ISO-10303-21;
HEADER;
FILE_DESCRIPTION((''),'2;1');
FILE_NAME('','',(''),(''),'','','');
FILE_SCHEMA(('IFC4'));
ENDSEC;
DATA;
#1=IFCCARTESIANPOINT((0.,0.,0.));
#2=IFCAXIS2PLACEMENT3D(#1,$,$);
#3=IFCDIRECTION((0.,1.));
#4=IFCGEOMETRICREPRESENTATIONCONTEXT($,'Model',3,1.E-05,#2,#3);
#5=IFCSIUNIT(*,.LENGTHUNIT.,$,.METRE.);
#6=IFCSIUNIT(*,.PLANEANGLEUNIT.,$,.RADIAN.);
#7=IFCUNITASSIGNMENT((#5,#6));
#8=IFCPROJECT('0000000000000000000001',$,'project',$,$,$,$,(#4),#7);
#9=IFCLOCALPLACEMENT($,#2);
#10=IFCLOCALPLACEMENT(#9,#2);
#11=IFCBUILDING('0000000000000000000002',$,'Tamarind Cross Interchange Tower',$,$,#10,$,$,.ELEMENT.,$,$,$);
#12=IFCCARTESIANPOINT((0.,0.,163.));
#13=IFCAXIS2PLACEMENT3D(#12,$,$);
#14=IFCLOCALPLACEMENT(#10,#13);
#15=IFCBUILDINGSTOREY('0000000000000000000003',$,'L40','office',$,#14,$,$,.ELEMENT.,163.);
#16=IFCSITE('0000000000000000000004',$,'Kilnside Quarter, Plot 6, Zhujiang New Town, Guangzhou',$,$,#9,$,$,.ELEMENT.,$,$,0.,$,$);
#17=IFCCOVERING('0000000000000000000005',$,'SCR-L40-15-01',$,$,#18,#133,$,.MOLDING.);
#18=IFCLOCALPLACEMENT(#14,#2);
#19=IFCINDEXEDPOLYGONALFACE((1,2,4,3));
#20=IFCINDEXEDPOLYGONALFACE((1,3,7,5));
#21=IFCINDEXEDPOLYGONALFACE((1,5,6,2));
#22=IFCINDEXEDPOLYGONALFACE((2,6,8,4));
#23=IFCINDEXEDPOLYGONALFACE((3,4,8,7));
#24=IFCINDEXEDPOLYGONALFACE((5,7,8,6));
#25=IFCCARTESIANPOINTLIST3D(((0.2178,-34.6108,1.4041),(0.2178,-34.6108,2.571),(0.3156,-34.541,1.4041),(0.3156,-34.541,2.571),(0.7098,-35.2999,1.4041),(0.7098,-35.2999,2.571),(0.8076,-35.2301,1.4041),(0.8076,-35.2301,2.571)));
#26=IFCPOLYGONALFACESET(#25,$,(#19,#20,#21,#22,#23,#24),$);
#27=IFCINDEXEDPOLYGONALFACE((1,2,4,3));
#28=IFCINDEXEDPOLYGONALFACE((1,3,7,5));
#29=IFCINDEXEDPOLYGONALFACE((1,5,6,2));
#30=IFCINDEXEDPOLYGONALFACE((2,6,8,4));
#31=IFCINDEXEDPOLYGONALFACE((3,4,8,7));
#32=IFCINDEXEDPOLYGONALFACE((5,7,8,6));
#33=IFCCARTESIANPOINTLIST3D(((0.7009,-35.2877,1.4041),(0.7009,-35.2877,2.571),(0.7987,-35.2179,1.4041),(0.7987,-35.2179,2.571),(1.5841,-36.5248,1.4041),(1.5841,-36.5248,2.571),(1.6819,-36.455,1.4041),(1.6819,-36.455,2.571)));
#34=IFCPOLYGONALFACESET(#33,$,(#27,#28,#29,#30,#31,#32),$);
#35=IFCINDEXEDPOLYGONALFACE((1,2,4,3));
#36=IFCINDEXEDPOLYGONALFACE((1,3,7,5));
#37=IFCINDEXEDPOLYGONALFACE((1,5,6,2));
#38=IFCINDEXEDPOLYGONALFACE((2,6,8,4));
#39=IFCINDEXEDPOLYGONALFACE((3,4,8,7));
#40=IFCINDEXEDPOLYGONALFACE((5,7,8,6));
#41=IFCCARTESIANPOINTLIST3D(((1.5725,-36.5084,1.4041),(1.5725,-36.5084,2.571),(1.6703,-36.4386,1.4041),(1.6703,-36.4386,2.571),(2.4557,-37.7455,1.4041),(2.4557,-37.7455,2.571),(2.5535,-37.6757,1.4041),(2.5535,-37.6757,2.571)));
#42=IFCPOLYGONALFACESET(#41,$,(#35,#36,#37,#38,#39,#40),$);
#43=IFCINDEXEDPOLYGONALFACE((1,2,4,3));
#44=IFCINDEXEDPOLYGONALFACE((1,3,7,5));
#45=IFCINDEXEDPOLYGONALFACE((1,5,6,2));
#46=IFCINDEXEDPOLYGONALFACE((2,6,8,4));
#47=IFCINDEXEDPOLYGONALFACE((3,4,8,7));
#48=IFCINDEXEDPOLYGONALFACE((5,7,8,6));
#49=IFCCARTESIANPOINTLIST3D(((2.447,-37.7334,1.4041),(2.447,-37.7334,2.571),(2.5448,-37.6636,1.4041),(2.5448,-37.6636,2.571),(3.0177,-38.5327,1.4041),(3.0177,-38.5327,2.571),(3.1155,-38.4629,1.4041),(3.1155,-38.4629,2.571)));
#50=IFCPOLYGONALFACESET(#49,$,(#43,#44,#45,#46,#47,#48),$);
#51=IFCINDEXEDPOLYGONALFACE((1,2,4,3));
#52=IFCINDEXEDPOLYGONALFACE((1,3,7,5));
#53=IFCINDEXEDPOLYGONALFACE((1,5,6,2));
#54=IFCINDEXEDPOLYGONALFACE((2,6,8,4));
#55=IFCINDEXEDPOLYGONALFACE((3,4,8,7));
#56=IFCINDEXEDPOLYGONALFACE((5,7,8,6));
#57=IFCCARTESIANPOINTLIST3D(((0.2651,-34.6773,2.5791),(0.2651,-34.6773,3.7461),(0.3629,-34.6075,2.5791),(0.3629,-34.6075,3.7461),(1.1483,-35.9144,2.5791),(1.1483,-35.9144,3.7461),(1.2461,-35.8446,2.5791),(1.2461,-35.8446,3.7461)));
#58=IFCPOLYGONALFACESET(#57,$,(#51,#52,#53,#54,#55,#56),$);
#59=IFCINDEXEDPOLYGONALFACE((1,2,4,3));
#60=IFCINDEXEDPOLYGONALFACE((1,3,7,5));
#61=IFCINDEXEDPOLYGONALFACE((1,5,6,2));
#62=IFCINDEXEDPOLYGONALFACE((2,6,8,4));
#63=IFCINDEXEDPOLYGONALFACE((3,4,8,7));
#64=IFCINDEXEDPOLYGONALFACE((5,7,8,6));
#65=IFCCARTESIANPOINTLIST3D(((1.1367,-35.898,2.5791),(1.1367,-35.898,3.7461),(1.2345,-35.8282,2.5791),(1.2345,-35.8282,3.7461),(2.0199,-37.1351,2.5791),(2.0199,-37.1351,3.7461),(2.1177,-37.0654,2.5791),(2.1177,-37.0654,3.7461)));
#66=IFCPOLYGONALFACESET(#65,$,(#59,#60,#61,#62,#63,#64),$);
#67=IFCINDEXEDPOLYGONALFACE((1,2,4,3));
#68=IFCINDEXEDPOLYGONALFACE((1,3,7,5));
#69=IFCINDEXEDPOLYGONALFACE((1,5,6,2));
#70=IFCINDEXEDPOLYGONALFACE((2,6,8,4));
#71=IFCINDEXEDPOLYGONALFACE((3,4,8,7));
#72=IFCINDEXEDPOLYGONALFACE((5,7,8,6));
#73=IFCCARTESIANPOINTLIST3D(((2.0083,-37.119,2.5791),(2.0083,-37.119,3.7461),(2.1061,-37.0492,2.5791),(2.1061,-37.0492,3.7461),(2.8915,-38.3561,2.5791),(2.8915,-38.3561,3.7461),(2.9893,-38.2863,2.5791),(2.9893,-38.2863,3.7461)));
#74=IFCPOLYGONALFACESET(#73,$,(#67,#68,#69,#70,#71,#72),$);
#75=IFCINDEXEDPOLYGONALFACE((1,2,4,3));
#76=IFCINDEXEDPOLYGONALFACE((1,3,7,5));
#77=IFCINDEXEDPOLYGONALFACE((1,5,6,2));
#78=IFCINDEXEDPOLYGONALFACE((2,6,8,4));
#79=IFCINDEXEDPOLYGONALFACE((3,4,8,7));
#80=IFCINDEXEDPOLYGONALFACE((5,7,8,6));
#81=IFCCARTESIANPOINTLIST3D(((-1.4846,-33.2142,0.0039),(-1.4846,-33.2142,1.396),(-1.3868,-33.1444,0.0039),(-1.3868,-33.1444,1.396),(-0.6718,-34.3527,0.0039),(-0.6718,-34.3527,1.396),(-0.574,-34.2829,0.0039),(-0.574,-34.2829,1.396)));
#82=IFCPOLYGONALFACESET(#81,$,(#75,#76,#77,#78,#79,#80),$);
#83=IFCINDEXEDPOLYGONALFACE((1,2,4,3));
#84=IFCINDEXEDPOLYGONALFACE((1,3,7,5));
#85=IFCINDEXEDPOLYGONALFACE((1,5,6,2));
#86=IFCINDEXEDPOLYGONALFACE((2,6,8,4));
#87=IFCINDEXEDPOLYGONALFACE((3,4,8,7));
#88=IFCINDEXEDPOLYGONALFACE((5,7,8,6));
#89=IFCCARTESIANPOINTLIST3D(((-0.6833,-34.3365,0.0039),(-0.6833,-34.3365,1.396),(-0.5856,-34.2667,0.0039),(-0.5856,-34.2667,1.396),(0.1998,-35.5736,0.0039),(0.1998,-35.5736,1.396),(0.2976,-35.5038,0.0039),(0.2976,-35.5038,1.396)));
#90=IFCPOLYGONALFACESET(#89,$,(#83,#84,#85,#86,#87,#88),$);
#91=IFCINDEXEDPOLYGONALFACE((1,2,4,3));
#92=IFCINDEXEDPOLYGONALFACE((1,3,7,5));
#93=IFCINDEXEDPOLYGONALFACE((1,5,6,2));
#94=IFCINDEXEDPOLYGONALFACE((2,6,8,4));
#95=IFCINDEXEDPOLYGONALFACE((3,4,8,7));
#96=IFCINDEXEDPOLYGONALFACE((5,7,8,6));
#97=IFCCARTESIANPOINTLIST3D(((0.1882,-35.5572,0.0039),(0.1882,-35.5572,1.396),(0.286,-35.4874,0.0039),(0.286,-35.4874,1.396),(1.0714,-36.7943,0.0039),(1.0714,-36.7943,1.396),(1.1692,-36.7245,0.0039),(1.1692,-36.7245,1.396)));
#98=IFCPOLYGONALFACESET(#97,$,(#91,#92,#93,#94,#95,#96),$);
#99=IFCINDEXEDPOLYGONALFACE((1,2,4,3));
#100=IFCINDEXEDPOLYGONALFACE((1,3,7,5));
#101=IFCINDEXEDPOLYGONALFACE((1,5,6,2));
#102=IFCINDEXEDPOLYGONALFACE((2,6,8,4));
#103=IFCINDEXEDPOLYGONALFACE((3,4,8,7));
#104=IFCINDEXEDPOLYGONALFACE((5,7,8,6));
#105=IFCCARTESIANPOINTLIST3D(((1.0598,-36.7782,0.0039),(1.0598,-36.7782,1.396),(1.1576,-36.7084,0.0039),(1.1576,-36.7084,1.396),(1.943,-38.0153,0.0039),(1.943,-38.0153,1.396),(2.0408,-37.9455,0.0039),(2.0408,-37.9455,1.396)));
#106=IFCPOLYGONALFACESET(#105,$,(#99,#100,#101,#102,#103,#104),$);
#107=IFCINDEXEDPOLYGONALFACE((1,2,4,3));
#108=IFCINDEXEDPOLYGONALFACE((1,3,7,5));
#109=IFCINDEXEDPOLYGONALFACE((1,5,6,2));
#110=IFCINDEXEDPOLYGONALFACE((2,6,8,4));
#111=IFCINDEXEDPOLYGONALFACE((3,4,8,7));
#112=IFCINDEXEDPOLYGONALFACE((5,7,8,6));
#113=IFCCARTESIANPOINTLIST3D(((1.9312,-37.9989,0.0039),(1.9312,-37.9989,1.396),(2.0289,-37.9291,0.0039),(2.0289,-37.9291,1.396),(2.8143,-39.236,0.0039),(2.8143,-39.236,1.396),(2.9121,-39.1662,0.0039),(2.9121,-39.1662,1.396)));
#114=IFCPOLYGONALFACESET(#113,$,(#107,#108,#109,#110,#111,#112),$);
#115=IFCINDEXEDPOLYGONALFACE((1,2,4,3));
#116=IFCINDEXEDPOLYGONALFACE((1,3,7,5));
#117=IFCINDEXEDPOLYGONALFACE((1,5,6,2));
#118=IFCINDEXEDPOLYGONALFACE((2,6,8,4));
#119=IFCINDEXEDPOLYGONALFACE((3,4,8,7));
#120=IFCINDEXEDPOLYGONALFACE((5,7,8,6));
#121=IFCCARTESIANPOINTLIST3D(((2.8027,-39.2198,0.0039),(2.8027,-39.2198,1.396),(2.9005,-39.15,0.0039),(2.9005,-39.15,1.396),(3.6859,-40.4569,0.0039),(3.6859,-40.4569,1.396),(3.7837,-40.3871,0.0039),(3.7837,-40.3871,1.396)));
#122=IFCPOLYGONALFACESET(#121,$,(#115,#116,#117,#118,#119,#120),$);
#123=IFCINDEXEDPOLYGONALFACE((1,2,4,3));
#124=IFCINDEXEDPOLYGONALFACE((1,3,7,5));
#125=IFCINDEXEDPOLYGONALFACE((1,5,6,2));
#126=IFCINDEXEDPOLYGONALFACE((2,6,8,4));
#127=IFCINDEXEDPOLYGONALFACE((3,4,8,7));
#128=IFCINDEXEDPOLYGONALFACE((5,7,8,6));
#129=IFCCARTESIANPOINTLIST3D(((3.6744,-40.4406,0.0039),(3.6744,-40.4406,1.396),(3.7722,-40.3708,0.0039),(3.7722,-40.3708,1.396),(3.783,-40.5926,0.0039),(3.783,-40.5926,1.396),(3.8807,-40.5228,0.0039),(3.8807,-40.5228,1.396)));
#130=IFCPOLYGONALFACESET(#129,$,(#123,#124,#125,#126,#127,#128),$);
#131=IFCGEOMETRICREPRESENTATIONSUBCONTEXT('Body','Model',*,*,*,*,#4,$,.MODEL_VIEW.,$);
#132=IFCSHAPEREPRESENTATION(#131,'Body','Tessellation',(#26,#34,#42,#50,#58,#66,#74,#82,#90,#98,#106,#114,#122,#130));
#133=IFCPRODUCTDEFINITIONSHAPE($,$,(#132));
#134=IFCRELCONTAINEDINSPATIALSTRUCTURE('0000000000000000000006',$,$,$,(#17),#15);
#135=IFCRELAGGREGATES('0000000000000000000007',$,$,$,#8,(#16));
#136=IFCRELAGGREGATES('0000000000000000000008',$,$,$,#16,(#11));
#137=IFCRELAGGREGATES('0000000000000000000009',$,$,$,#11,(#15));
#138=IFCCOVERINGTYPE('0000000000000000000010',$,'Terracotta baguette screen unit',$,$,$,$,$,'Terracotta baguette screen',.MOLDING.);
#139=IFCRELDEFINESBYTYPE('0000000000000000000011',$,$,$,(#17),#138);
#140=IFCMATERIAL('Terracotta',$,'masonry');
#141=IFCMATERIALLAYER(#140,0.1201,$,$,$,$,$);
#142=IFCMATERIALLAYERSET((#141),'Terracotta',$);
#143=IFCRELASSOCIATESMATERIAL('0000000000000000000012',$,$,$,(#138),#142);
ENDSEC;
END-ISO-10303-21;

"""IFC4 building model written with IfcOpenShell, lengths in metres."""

from ifc_helpers import new_model, si_unit, direction, frame, origin, origin_2d, place, context, subcontext, project, spatial, rectangle, extrude, material, layer, layer_set, type_object, element, save


model = new_model("IFC4")

# Units and contexts
model_context = context("Model", 3, precision=1e-05, world=origin(), true_north=direction((0.0, 1.0)))
body_context = subcontext(model_context, "Body", "Model", "MODEL_VIEW")
ifc_project = project(units=[si_unit("LENGTHUNIT", "METRE"), si_unit("PLANEANGLEUNIT", "RADIAN")], contexts=[model_context])

# Site, building, storey
site_placement = place(None, origin())
site = spatial("IfcSite", under=ifc_project, at=site_placement, Name="Kilnside Quarter, Plot 6, Zhujiang New Town, Guangzhou", CompositionType="ELEMENT", RefElevation=0.0)
building_placement = place(site_placement, origin())
building = spatial("IfcBuilding", under=site, at=building_placement, Name="Tamarind Cross Interchange Tower", CompositionType="ELEMENT")
storey_placement = place(building_placement, frame((0.0, 0.0, 163.0)))
storey = spatial("IfcBuildingStorey", under=building, at=storey_placement, Name="L40", Description="office", CompositionType="ELEMENT", Elevation=163.0)

# Covering
ifc_material_1 = material(Name="Terracotta", Category="masonry")
ifc_layer_1 = layer(ifc_material_1, 0.1201)
ifc_layer_set_1 = layer_set([ifc_layer_1], Name="Terracotta")
covering_type = type_object("IfcCoveringType", Name="Terracotta baguette screen unit", ElementType="Terracotta baguette screen", PredefinedType="MOLDING", material=ifc_layer_set_1)
covering_1_placement = place(storey_placement, origin())
element("IfcCovering", 1, at=covering_1_placement, inside=storey, type_object=covering_type, Name="SCR-L40-15-01", PredefinedType="MOLDING", context=body_context, shape_type="SweptSolid", body=[
    extrude(rectangle(XDim=0.8467, YDim=0.1201, at=origin_2d()), frame((0.5127, -34.9204, 1.4041), z_axis=(0.0, 0.0, 1.0), x_axis=(0.581033, -0.81388, 0.0)), (0.0, 0.0, 1.0), 1.167),
    extrude(rectangle(XDim=1.52, YDim=0.1201, at=origin_2d()), frame((1.1914, -35.8713, 1.4041), z_axis=(0.0, 0.0, 1.0), x_axis=(0.581033, -0.81388, 0.0)), (0.0, 0.0, 1.0), 1.167),
    extrude(rectangle(XDim=1.52, YDim=0.1201, at=origin_2d()), frame((2.063, -37.092, 1.4041), z_axis=(0.0, 0.0, 1.0), x_axis=(0.581033, -0.81388, 0.0)), (0.0, 0.0, 1.0), 1.167),
    extrude(rectangle(XDim=0.9822, YDim=0.1201, at=origin_2d()), frame((2.7812, -38.0981, 1.4041), z_axis=(0.0, 0.0, 1.0), x_axis=(0.581033, -0.81388, 0.0)), (0.0, 0.0, 1.0), 1.167),
    extrude(rectangle(XDim=1.52, YDim=0.1201, at=origin_2d()), frame((0.7556, -35.261, 2.5791), z_axis=(0.0, 0.0, 1.0), x_axis=(0.581033, -0.81388, 0.0)), (0.0, 0.0, 1.0), 1.167),
    extrude(rectangle(XDim=1.52, YDim=0.1201, at=origin_2d()), frame((1.6272, -36.4817, 2.5791), z_axis=(0.0, 0.0, 1.0), x_axis=(0.581033, -0.81388, 0.0)), (0.0, 0.0, 1.0), 1.167),
    extrude(rectangle(XDim=1.52, YDim=0.1201, at=origin_2d()), frame((2.4988, -37.7026, 2.5791), z_axis=(0.0, 0.0, 1.0), x_axis=(0.581033, -0.81388, 0.0)), (0.0, 0.0, 1.0), 1.167),
    extrude(rectangle(XDim=1.3989, YDim=0.1201, at=origin_2d()), frame((-1.0293, -33.7485, 0.0039), z_axis=(0.0, 0.0, 1.0), x_axis=(0.581033, -0.81388, 0.0)), (0.0, 0.0, 1.0), 1.3921),
    extrude(rectangle(XDim=1.52, YDim=0.1201, at=origin_2d()), frame((-0.1929, -34.9202, 0.0039), z_axis=(0.0, 0.0, 1.0), x_axis=(0.581033, -0.81388, 0.0)), (0.0, 0.0, 1.0), 1.3921),
    extrude(rectangle(XDim=1.52, YDim=0.1201, at=origin_2d()), frame((0.6787, -36.1409, 0.0039), z_axis=(0.0, 0.0, 1.0), x_axis=(0.581033, -0.81388, 0.0)), (0.0, 0.0, 1.0), 1.3921),
    extrude(rectangle(XDim=1.52, YDim=0.1201, at=origin_2d()), frame((1.5503, -37.3618, 0.0039), z_axis=(0.0, 0.0, 1.0), x_axis=(0.581033, -0.81388, 0.0)), (0.0, 0.0, 1.0), 1.3921),
    extrude(rectangle(XDim=1.52, YDim=0.1201, at=origin_2d()), frame((2.4216, -38.5825, 0.0039), z_axis=(0.0, 0.0, 1.0), x_axis=(0.581033, -0.81388, 0.0)), (0.0, 0.0, 1.0), 1.3921),
    extrude(rectangle(XDim=1.52, YDim=0.1201, at=origin_2d()), frame((3.2932, -39.8035, 0.0039), z_axis=(0.0, 0.0, 1.0), x_axis=(0.581033, -0.81388, 0.0)), (0.0, 0.0, 1.0), 1.3921),
    extrude(rectangle(XDim=0.1868, YDim=0.1201, at=origin_2d()), frame((3.7776, -40.4817, 0.0039), z_axis=(0.0, 0.0, 1.0), x_axis=(0.581033, -0.81388, 0.0)), (0.0, 0.0, 1.0), 1.3921),
])

save(model, "model.ifc")
